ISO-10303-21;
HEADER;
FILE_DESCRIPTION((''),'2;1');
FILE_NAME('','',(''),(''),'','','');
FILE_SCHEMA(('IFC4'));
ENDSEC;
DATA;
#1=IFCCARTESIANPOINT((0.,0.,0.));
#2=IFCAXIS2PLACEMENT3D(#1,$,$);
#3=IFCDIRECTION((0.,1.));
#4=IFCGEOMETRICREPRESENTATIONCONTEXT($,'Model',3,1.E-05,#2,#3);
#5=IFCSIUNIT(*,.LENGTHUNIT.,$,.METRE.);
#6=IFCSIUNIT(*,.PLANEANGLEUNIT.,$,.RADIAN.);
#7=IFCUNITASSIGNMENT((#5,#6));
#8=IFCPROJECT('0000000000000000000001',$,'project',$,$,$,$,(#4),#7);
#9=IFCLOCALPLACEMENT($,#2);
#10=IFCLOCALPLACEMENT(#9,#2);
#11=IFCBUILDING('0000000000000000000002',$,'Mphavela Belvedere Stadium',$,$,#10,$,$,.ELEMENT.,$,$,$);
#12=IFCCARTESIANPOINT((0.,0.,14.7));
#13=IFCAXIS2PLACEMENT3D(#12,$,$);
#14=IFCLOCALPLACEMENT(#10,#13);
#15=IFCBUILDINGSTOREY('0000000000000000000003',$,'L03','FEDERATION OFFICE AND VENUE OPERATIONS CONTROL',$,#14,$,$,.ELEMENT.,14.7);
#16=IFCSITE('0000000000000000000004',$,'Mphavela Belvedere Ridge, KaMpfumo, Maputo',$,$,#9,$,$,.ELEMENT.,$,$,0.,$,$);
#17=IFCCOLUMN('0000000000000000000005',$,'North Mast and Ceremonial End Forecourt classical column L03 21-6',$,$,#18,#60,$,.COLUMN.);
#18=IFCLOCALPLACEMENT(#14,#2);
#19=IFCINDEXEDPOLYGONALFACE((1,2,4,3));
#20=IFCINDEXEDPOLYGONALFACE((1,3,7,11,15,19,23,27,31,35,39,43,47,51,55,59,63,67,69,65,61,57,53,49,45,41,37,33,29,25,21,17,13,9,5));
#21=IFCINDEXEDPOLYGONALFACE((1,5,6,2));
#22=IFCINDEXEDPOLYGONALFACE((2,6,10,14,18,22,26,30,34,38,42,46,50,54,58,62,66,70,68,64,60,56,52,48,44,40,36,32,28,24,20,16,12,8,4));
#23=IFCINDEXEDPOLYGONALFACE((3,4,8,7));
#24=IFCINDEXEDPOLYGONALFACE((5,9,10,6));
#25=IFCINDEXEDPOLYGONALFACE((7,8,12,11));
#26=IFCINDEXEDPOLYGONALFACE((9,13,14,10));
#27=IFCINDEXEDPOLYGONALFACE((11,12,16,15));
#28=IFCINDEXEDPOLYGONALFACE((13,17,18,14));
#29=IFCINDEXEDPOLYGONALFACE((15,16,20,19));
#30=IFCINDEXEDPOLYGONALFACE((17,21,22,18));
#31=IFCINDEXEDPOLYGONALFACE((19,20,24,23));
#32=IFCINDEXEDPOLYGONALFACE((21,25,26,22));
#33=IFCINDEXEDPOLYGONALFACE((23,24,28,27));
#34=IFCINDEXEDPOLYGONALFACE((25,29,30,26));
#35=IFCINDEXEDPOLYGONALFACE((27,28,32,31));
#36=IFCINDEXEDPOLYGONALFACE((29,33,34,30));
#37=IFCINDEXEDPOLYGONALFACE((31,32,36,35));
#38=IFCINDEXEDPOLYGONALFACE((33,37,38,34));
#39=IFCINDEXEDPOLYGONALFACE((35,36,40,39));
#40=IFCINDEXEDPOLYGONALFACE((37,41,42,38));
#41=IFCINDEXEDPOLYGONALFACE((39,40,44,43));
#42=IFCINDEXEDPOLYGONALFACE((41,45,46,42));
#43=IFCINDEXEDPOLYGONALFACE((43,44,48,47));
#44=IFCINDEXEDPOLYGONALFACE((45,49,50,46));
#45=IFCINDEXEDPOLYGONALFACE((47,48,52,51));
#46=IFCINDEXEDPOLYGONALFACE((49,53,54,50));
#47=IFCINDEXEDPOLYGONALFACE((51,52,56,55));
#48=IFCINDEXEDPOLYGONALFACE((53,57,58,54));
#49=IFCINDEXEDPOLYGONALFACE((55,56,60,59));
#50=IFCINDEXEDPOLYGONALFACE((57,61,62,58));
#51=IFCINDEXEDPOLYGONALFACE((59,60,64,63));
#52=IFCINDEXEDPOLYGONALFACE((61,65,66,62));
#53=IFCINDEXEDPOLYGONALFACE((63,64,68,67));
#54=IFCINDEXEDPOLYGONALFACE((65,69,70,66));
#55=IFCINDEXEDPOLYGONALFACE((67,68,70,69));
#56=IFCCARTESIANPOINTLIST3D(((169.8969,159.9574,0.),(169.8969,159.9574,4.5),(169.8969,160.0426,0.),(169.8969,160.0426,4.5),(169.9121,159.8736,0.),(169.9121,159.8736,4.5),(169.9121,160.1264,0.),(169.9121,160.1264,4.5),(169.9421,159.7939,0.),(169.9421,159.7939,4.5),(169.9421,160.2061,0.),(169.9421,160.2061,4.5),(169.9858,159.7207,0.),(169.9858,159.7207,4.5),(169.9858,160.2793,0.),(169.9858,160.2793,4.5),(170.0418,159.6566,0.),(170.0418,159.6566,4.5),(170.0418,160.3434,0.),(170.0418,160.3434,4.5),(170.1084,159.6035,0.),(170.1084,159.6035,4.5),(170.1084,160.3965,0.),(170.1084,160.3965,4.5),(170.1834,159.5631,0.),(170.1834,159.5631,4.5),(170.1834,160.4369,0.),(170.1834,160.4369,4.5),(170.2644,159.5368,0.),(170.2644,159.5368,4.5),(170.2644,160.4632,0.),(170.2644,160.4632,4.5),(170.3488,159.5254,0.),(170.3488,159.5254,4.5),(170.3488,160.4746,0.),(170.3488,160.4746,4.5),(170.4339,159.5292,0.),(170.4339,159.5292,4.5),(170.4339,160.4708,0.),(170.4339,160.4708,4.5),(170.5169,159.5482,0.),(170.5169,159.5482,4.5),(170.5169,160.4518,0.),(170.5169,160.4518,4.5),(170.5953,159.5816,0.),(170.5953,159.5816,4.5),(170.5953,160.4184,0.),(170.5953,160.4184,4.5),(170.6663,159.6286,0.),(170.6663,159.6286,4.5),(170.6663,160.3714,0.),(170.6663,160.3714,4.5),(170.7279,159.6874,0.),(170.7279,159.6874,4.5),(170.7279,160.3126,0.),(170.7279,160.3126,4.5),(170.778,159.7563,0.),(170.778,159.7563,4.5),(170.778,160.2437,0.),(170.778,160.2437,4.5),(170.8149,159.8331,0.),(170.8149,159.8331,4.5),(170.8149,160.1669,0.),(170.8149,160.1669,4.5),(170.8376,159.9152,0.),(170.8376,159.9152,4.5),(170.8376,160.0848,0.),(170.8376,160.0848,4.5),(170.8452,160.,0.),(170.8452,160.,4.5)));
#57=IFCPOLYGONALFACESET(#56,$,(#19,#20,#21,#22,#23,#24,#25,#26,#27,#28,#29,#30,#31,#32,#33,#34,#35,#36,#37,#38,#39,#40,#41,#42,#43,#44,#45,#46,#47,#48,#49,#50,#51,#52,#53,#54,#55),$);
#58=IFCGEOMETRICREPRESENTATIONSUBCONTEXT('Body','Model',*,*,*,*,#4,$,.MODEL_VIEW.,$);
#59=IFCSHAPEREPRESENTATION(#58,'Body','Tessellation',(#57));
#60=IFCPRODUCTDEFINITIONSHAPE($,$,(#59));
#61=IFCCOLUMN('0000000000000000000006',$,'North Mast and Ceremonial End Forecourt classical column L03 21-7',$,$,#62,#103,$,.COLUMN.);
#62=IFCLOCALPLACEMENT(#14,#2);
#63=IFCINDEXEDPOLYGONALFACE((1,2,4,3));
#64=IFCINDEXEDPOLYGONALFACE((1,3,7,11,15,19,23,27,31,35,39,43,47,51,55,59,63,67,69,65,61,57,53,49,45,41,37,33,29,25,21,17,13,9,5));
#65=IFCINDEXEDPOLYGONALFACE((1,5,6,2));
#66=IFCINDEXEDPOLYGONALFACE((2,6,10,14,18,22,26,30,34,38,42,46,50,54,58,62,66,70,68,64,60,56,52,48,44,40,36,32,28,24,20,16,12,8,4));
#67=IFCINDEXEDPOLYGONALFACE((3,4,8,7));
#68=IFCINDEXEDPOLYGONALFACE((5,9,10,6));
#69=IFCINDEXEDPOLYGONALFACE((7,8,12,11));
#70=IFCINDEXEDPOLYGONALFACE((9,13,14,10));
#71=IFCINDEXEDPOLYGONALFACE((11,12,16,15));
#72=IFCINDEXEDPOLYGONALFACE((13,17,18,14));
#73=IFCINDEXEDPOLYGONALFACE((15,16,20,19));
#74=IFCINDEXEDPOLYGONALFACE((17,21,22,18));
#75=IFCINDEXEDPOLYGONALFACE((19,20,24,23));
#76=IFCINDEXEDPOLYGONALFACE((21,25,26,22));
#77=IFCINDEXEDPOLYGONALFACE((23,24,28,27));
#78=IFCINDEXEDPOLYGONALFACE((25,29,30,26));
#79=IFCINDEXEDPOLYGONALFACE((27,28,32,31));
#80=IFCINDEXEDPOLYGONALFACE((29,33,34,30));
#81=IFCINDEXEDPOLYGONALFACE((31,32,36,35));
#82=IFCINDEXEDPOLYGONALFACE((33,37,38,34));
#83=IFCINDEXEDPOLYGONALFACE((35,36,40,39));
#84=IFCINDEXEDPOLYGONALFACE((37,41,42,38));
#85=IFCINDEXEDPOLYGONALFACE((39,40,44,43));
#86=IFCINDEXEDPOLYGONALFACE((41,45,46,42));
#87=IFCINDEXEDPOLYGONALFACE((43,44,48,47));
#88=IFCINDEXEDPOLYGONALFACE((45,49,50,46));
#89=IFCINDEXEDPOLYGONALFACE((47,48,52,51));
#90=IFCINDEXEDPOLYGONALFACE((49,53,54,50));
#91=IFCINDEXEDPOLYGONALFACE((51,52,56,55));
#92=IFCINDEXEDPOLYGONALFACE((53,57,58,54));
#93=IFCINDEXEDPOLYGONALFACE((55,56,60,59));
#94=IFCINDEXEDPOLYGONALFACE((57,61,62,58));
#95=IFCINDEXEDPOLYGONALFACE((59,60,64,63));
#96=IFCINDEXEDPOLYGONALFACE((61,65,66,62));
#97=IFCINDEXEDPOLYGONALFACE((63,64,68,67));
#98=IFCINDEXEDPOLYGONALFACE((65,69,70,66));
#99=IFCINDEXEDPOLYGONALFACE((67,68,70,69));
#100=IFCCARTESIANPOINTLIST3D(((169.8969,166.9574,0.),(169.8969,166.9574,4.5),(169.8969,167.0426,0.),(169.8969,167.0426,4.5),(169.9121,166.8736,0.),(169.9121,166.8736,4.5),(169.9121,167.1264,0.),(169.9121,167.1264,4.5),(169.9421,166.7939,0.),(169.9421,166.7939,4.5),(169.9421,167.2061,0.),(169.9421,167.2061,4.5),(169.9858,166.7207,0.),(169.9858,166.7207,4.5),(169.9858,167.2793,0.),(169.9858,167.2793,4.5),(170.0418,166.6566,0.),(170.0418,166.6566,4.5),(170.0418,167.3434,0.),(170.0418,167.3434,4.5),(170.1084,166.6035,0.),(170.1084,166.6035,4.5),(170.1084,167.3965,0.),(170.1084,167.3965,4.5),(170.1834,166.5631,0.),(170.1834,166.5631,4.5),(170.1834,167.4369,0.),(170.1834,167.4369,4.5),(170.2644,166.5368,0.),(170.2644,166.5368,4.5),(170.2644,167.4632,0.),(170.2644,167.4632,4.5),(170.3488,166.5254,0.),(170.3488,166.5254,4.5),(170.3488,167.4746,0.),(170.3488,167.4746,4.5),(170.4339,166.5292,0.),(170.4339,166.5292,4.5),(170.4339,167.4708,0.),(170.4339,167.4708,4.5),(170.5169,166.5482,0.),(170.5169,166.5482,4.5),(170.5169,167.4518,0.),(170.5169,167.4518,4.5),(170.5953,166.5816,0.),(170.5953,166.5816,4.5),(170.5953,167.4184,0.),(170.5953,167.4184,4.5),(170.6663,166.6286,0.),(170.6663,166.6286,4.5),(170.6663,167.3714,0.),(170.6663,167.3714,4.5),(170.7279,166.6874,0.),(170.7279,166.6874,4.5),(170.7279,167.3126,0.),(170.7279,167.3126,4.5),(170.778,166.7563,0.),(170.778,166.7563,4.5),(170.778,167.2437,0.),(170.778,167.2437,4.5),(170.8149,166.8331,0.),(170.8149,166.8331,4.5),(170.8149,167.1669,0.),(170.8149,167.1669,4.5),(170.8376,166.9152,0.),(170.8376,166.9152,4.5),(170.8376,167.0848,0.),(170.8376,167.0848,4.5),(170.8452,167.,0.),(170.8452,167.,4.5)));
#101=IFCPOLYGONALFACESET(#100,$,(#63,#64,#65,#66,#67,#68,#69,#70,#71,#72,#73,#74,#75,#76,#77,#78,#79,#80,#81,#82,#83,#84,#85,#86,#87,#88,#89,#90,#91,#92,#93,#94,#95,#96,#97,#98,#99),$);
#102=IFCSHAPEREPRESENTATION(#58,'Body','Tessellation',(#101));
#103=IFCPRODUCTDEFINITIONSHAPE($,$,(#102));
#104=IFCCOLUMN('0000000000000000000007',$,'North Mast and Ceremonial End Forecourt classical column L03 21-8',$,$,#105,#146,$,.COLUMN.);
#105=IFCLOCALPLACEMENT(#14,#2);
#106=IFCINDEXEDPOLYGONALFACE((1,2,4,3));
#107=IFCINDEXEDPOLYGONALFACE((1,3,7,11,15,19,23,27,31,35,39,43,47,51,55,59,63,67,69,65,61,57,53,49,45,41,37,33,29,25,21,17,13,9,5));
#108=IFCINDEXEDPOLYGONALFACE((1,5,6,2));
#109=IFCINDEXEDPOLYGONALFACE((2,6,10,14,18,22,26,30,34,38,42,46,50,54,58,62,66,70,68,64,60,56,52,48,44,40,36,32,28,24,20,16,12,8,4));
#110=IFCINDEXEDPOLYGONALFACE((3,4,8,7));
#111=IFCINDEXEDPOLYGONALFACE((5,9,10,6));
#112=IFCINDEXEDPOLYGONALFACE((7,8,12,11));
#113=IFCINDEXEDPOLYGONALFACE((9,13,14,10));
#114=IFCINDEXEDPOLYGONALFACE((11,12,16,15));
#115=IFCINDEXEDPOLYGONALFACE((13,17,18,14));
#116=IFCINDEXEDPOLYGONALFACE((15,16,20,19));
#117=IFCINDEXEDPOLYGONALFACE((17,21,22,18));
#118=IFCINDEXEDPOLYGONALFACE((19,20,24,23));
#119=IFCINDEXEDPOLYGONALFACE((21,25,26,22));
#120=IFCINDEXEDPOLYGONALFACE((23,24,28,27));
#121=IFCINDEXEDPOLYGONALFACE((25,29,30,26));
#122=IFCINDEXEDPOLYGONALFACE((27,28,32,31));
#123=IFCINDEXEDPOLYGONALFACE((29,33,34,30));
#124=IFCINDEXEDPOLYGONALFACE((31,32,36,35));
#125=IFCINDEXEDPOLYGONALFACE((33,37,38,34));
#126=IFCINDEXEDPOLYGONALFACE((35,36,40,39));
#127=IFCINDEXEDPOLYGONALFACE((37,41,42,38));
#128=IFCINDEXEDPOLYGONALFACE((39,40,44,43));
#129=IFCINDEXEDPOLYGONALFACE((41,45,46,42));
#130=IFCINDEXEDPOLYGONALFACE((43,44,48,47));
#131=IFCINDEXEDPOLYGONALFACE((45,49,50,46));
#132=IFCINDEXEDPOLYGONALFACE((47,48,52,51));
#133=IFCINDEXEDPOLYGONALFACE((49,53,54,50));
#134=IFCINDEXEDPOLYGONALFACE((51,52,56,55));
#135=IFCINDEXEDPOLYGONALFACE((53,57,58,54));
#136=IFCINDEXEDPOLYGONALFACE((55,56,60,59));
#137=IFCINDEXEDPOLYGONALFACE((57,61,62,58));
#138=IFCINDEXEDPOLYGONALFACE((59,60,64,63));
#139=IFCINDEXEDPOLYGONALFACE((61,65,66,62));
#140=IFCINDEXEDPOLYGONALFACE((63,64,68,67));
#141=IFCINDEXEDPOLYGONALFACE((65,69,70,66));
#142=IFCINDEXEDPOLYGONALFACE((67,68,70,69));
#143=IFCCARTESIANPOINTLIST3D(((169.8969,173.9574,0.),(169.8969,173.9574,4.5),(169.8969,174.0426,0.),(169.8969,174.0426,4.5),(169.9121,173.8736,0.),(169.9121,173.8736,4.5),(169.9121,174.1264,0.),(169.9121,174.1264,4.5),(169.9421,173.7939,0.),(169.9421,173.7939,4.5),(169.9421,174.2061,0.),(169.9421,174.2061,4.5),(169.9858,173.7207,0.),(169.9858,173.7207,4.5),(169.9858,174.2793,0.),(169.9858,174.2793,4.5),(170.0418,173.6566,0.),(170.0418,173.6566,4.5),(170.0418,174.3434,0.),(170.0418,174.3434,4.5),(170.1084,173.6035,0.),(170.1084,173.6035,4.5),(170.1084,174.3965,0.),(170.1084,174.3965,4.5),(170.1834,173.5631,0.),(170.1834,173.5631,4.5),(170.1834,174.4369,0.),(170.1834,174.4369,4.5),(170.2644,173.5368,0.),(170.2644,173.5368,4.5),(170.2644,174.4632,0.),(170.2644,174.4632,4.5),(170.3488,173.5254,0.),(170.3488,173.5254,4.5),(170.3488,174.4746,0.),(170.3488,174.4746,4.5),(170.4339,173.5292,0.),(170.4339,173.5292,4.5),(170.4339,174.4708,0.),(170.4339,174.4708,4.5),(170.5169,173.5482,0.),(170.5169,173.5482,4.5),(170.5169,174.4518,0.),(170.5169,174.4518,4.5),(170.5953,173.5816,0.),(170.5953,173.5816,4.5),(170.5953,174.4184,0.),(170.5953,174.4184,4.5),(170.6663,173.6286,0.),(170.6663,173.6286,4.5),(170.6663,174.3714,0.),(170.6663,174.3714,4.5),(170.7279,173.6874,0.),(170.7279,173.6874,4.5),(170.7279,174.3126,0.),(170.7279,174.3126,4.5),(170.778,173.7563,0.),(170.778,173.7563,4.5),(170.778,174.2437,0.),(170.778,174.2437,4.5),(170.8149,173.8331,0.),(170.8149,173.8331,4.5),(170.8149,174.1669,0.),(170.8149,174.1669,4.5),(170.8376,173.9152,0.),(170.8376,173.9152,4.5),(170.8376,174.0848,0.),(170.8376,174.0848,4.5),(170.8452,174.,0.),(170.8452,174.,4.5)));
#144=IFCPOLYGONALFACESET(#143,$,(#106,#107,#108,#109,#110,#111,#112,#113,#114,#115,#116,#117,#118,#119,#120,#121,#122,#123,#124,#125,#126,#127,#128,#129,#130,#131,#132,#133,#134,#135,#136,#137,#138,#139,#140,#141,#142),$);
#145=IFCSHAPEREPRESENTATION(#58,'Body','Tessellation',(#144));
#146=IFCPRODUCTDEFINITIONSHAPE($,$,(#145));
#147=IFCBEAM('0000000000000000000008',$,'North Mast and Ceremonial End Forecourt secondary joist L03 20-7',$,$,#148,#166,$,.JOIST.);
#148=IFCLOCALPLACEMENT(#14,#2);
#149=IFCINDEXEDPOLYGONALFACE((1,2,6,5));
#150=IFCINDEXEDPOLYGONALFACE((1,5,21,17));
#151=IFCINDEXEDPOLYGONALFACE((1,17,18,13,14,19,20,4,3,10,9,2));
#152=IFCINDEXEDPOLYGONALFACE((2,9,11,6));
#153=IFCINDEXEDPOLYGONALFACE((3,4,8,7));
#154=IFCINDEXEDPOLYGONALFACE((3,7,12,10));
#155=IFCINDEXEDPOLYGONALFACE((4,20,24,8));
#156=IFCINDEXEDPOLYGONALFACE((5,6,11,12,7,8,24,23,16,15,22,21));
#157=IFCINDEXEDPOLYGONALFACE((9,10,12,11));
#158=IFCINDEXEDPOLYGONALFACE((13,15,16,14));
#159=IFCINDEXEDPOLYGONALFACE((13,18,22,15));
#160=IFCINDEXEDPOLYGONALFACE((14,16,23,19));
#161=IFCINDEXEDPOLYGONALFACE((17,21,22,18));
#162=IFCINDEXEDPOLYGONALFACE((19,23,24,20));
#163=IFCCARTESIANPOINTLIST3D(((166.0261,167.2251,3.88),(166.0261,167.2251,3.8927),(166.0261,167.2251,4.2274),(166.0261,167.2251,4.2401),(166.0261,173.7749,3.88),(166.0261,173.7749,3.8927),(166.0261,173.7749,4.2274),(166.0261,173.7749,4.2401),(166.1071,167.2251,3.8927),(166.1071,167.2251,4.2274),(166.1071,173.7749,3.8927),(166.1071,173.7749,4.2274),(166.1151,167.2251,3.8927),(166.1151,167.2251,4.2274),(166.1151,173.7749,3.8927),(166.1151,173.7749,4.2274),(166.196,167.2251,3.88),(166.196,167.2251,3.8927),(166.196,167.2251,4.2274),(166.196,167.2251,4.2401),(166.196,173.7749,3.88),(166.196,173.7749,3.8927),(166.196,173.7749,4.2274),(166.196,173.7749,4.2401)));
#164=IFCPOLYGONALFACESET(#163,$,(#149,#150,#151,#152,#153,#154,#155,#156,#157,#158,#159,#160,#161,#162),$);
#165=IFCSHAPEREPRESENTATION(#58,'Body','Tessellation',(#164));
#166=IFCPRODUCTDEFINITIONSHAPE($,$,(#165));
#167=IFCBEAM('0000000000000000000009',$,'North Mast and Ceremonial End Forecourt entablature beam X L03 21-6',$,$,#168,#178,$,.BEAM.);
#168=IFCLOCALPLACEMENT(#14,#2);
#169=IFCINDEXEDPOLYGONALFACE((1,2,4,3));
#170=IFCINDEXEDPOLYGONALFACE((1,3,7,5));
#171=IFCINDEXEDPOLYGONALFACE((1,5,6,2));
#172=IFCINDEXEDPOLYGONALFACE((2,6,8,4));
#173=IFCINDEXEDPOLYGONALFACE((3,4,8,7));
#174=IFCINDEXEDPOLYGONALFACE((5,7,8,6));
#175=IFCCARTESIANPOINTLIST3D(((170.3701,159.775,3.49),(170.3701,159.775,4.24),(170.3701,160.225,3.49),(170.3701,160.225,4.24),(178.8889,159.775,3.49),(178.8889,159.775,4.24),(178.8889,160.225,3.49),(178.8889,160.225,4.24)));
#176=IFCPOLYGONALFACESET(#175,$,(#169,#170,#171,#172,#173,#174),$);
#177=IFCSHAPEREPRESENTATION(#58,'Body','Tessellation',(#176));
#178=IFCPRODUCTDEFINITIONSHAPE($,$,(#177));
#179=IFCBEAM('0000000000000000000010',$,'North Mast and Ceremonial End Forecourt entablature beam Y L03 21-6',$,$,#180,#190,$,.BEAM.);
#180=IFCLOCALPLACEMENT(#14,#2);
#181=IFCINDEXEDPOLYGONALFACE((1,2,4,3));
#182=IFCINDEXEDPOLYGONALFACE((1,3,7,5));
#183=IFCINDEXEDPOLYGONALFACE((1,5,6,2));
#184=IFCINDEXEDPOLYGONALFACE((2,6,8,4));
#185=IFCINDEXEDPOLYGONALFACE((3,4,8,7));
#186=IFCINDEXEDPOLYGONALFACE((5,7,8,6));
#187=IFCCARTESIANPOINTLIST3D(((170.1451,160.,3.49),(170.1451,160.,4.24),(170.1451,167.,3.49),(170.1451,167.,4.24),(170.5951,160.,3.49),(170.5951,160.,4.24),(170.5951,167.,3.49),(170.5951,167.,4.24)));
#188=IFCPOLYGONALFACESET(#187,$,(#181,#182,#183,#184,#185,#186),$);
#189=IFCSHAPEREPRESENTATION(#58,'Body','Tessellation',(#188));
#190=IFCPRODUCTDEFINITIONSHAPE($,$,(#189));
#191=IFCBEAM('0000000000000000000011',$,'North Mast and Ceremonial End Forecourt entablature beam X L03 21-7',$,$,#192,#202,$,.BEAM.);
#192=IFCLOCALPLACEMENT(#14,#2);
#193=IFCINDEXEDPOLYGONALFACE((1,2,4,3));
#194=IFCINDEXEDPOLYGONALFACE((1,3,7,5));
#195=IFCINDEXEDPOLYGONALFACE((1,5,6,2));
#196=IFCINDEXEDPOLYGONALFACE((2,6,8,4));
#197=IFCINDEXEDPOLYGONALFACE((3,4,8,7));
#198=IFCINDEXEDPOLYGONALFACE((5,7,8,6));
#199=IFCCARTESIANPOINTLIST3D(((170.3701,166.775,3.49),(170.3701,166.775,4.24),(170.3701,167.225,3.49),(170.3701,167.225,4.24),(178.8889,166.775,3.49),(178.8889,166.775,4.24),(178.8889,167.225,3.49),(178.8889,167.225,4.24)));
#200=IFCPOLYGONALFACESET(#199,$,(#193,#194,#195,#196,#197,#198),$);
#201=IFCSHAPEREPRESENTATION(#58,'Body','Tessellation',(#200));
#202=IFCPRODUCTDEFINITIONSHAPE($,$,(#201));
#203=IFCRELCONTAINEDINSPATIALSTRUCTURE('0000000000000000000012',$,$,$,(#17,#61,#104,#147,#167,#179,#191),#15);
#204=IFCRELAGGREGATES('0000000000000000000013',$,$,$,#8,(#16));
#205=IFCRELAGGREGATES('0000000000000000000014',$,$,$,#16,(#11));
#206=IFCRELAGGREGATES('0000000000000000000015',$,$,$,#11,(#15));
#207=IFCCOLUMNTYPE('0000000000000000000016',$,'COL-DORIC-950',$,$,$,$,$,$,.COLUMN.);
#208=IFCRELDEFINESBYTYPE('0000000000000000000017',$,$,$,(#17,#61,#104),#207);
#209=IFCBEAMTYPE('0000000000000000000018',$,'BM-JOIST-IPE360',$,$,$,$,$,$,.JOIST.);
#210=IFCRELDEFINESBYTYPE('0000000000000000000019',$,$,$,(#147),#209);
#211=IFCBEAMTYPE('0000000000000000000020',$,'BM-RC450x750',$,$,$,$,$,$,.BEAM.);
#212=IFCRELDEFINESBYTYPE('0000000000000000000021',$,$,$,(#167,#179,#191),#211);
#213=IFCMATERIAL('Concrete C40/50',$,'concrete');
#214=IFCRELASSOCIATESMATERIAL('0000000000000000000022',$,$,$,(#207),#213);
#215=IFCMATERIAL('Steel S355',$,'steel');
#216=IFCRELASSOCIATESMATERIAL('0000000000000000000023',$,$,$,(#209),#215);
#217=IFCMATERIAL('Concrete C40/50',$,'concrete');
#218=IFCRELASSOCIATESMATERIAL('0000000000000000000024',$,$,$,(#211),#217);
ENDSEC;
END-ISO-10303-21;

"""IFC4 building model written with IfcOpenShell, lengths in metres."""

from ifc_helpers import new_model, si_unit, direction, frame, origin, origin_2d, place, context, subcontext, project, spatial, rectangle, circle, i_section, extrude, material, material_profile, profile_set, type_object, element, save


model = new_model("IFC4")

# Units and contexts
model_context = context("Model", 3, precision=1e-05, world=origin(), true_north=direction((0.0, 1.0)))
body_context = subcontext(model_context, "Body", "Model", "MODEL_VIEW")
ifc_project = project(units=[si_unit("LENGTHUNIT", "METRE"), si_unit("PLANEANGLEUNIT", "RADIAN")], contexts=[model_context])

# Site, building, storey
site_placement = place(None, origin())
site = spatial("IfcSite", under=ifc_project, at=site_placement, Name="Mphavela Belvedere Ridge, KaMpfumo, Maputo", CompositionType="ELEMENT", RefElevation=0.0)
building_placement = place(site_placement, origin())
building = spatial("IfcBuilding", under=site, at=building_placement, Name="Mphavela Belvedere Stadium", CompositionType="ELEMENT")
storey_placement = place(building_placement, frame((0.0, 0.0, 14.7)))
storey = spatial("IfcBuildingStorey", under=building, at=storey_placement, Name="L03", Description="FEDERATION OFFICE AND VENUE OPERATIONS CONTROL", CompositionType="ELEMENT", Elevation=14.7)

# Columns
ifc_material_1 = material(Name="Concrete C40/50", Category="concrete")
ifc_material_profile_1 = material_profile(ifc_material_1, circle(Radius=0.4751, at=origin_2d()), Name="COL D950")
ifc_profile_set_1 = profile_set([ifc_material_profile_1], Name="Concrete C40/50")
column_type = type_object("IfcColumnType", Name="COL-DORIC-950", PredefinedType="COLUMN", material=ifc_profile_set_1)
for number, where, z_axis, x_axis, name in (
    (1, (170.3701, 160.0, 0.0), (0.0, 0.0, 1.0), (1.0, 0.0, 0.0), "North Mast and Ceremonial End Forecourt classical column L03 21-6"),
    (2, (170.3701, 167.0, 0.0), (0.0, 0.0, 1.0), (1.0, 0.0, 0.0), "North Mast and Ceremonial End Forecourt classical column L03 21-7"),
    (3, (170.3701, 174.0, 0.0), (0.0, 0.0, 1.0), (1.0, 0.0, 0.0), "North Mast and Ceremonial End Forecourt classical column L03 21-8"),
):
    element("IfcColumn", number, at=place(storey_placement, frame(where, z_axis=z_axis, x_axis=x_axis)), inside=storey, type_object=column_type, Name=name, PredefinedType="COLUMN", context=body_context, shape_type="SweptSolid", body=[
        extrude(circle(Radius=0.4751, at=origin_2d()), origin(), (0.0, 0.0, 1.0), 4.5),
    ])

# Beams
ifc_material_2 = material(Name="Steel S355", Category="steel")
ifc_material_profile_2 = material_profile(ifc_material_2, i_section(OverallWidth=0.1699, OverallDepth=0.3601, WebThickness=0.0081, FlangeThickness=0.0127, at=origin_2d()), Name="IPE 360")
ifc_profile_set_2 = profile_set([ifc_material_profile_2], Name="Steel S355")
beam_type_1 = type_object("IfcBeamType", Name="BM-JOIST-IPE360", PredefinedType="JOIST", material=ifc_profile_set_2)
beam_1_placement = place(storey_placement, frame((166.1111, 167.2251, 4.0601), z_axis=(0.0, 1.0, 0.0), x_axis=(-1.0, 0.0, 0.0)))
element("IfcBeam", 4, at=beam_1_placement, inside=storey, type_object=beam_type_1, Name="North Mast and Ceremonial End Forecourt secondary joist L03 20-7", PredefinedType="JOIST", context=body_context, shape_type="SweptSolid", body=[
    extrude(i_section(OverallWidth=0.1699, OverallDepth=0.3601, WebThickness=0.0081, FlangeThickness=0.0127, at=origin_2d()), origin(), (0.0, 0.0, 1.0), 6.5498),
])
ifc_material_3 = material(Name="Concrete C40/50", Category="concrete")
ifc_material_profile_3 = material_profile(ifc_material_3, rectangle(XDim=0.45, YDim=0.75, at=origin_2d()), Name="RC 450x750")
ifc_profile_set_3 = profile_set([ifc_material_profile_3], Name="Concrete C40/50")
beam_type_2 = type_object("IfcBeamType", Name="BM-RC450x750", PredefinedType="BEAM", material=ifc_profile_set_3)
beam_2_placement = place(storey_placement, frame((170.3701, 160.0, 3.865), z_axis=(1.0, 0.0, 0.0), x_axis=(0.0, 1.0, 0.0)))
element("IfcBeam", 5, at=beam_2_placement, inside=storey, type_object=beam_type_2, Name="North Mast and Ceremonial End Forecourt entablature beam X L03 21-6", PredefinedType="BEAM", context=body_context, shape_type="SweptSolid", body=[
    extrude(rectangle(XDim=0.45, YDim=0.75, at=origin_2d()), origin(), (0.0, 0.0, 1.0), 8.5188),
])
beam_3_placement = place(storey_placement, frame((170.3701, 160.0, 3.865), z_axis=(0.0, 1.0, 0.0), x_axis=(-1.0, 0.0, 0.0)))
element("IfcBeam", 6, at=beam_3_placement, inside=storey, type_object=beam_type_2, Name="North Mast and Ceremonial End Forecourt entablature beam Y L03 21-6", PredefinedType="BEAM", context=body_context, shape_type="SweptSolid", body=[
    extrude(rectangle(XDim=0.45, YDim=0.75, at=origin_2d()), origin(), (0.0, 0.0, 1.0), 7.0),
])
beam_4_placement = place(storey_placement, frame((170.3701, 167.0, 3.865), z_axis=(1.0, 0.0, 0.0), x_axis=(0.0, 1.0, 0.0)))
element("IfcBeam", 7, at=beam_4_placement, inside=storey, type_object=beam_type_2, Name="North Mast and Ceremonial End Forecourt entablature beam X L03 21-7", PredefinedType="BEAM", context=body_context, shape_type="SweptSolid", body=[
    extrude(rectangle(XDim=0.45, YDim=0.75, at=origin_2d()), origin(), (0.0, 0.0, 1.0), 8.5188),
])

save(model, "model.ifc")
